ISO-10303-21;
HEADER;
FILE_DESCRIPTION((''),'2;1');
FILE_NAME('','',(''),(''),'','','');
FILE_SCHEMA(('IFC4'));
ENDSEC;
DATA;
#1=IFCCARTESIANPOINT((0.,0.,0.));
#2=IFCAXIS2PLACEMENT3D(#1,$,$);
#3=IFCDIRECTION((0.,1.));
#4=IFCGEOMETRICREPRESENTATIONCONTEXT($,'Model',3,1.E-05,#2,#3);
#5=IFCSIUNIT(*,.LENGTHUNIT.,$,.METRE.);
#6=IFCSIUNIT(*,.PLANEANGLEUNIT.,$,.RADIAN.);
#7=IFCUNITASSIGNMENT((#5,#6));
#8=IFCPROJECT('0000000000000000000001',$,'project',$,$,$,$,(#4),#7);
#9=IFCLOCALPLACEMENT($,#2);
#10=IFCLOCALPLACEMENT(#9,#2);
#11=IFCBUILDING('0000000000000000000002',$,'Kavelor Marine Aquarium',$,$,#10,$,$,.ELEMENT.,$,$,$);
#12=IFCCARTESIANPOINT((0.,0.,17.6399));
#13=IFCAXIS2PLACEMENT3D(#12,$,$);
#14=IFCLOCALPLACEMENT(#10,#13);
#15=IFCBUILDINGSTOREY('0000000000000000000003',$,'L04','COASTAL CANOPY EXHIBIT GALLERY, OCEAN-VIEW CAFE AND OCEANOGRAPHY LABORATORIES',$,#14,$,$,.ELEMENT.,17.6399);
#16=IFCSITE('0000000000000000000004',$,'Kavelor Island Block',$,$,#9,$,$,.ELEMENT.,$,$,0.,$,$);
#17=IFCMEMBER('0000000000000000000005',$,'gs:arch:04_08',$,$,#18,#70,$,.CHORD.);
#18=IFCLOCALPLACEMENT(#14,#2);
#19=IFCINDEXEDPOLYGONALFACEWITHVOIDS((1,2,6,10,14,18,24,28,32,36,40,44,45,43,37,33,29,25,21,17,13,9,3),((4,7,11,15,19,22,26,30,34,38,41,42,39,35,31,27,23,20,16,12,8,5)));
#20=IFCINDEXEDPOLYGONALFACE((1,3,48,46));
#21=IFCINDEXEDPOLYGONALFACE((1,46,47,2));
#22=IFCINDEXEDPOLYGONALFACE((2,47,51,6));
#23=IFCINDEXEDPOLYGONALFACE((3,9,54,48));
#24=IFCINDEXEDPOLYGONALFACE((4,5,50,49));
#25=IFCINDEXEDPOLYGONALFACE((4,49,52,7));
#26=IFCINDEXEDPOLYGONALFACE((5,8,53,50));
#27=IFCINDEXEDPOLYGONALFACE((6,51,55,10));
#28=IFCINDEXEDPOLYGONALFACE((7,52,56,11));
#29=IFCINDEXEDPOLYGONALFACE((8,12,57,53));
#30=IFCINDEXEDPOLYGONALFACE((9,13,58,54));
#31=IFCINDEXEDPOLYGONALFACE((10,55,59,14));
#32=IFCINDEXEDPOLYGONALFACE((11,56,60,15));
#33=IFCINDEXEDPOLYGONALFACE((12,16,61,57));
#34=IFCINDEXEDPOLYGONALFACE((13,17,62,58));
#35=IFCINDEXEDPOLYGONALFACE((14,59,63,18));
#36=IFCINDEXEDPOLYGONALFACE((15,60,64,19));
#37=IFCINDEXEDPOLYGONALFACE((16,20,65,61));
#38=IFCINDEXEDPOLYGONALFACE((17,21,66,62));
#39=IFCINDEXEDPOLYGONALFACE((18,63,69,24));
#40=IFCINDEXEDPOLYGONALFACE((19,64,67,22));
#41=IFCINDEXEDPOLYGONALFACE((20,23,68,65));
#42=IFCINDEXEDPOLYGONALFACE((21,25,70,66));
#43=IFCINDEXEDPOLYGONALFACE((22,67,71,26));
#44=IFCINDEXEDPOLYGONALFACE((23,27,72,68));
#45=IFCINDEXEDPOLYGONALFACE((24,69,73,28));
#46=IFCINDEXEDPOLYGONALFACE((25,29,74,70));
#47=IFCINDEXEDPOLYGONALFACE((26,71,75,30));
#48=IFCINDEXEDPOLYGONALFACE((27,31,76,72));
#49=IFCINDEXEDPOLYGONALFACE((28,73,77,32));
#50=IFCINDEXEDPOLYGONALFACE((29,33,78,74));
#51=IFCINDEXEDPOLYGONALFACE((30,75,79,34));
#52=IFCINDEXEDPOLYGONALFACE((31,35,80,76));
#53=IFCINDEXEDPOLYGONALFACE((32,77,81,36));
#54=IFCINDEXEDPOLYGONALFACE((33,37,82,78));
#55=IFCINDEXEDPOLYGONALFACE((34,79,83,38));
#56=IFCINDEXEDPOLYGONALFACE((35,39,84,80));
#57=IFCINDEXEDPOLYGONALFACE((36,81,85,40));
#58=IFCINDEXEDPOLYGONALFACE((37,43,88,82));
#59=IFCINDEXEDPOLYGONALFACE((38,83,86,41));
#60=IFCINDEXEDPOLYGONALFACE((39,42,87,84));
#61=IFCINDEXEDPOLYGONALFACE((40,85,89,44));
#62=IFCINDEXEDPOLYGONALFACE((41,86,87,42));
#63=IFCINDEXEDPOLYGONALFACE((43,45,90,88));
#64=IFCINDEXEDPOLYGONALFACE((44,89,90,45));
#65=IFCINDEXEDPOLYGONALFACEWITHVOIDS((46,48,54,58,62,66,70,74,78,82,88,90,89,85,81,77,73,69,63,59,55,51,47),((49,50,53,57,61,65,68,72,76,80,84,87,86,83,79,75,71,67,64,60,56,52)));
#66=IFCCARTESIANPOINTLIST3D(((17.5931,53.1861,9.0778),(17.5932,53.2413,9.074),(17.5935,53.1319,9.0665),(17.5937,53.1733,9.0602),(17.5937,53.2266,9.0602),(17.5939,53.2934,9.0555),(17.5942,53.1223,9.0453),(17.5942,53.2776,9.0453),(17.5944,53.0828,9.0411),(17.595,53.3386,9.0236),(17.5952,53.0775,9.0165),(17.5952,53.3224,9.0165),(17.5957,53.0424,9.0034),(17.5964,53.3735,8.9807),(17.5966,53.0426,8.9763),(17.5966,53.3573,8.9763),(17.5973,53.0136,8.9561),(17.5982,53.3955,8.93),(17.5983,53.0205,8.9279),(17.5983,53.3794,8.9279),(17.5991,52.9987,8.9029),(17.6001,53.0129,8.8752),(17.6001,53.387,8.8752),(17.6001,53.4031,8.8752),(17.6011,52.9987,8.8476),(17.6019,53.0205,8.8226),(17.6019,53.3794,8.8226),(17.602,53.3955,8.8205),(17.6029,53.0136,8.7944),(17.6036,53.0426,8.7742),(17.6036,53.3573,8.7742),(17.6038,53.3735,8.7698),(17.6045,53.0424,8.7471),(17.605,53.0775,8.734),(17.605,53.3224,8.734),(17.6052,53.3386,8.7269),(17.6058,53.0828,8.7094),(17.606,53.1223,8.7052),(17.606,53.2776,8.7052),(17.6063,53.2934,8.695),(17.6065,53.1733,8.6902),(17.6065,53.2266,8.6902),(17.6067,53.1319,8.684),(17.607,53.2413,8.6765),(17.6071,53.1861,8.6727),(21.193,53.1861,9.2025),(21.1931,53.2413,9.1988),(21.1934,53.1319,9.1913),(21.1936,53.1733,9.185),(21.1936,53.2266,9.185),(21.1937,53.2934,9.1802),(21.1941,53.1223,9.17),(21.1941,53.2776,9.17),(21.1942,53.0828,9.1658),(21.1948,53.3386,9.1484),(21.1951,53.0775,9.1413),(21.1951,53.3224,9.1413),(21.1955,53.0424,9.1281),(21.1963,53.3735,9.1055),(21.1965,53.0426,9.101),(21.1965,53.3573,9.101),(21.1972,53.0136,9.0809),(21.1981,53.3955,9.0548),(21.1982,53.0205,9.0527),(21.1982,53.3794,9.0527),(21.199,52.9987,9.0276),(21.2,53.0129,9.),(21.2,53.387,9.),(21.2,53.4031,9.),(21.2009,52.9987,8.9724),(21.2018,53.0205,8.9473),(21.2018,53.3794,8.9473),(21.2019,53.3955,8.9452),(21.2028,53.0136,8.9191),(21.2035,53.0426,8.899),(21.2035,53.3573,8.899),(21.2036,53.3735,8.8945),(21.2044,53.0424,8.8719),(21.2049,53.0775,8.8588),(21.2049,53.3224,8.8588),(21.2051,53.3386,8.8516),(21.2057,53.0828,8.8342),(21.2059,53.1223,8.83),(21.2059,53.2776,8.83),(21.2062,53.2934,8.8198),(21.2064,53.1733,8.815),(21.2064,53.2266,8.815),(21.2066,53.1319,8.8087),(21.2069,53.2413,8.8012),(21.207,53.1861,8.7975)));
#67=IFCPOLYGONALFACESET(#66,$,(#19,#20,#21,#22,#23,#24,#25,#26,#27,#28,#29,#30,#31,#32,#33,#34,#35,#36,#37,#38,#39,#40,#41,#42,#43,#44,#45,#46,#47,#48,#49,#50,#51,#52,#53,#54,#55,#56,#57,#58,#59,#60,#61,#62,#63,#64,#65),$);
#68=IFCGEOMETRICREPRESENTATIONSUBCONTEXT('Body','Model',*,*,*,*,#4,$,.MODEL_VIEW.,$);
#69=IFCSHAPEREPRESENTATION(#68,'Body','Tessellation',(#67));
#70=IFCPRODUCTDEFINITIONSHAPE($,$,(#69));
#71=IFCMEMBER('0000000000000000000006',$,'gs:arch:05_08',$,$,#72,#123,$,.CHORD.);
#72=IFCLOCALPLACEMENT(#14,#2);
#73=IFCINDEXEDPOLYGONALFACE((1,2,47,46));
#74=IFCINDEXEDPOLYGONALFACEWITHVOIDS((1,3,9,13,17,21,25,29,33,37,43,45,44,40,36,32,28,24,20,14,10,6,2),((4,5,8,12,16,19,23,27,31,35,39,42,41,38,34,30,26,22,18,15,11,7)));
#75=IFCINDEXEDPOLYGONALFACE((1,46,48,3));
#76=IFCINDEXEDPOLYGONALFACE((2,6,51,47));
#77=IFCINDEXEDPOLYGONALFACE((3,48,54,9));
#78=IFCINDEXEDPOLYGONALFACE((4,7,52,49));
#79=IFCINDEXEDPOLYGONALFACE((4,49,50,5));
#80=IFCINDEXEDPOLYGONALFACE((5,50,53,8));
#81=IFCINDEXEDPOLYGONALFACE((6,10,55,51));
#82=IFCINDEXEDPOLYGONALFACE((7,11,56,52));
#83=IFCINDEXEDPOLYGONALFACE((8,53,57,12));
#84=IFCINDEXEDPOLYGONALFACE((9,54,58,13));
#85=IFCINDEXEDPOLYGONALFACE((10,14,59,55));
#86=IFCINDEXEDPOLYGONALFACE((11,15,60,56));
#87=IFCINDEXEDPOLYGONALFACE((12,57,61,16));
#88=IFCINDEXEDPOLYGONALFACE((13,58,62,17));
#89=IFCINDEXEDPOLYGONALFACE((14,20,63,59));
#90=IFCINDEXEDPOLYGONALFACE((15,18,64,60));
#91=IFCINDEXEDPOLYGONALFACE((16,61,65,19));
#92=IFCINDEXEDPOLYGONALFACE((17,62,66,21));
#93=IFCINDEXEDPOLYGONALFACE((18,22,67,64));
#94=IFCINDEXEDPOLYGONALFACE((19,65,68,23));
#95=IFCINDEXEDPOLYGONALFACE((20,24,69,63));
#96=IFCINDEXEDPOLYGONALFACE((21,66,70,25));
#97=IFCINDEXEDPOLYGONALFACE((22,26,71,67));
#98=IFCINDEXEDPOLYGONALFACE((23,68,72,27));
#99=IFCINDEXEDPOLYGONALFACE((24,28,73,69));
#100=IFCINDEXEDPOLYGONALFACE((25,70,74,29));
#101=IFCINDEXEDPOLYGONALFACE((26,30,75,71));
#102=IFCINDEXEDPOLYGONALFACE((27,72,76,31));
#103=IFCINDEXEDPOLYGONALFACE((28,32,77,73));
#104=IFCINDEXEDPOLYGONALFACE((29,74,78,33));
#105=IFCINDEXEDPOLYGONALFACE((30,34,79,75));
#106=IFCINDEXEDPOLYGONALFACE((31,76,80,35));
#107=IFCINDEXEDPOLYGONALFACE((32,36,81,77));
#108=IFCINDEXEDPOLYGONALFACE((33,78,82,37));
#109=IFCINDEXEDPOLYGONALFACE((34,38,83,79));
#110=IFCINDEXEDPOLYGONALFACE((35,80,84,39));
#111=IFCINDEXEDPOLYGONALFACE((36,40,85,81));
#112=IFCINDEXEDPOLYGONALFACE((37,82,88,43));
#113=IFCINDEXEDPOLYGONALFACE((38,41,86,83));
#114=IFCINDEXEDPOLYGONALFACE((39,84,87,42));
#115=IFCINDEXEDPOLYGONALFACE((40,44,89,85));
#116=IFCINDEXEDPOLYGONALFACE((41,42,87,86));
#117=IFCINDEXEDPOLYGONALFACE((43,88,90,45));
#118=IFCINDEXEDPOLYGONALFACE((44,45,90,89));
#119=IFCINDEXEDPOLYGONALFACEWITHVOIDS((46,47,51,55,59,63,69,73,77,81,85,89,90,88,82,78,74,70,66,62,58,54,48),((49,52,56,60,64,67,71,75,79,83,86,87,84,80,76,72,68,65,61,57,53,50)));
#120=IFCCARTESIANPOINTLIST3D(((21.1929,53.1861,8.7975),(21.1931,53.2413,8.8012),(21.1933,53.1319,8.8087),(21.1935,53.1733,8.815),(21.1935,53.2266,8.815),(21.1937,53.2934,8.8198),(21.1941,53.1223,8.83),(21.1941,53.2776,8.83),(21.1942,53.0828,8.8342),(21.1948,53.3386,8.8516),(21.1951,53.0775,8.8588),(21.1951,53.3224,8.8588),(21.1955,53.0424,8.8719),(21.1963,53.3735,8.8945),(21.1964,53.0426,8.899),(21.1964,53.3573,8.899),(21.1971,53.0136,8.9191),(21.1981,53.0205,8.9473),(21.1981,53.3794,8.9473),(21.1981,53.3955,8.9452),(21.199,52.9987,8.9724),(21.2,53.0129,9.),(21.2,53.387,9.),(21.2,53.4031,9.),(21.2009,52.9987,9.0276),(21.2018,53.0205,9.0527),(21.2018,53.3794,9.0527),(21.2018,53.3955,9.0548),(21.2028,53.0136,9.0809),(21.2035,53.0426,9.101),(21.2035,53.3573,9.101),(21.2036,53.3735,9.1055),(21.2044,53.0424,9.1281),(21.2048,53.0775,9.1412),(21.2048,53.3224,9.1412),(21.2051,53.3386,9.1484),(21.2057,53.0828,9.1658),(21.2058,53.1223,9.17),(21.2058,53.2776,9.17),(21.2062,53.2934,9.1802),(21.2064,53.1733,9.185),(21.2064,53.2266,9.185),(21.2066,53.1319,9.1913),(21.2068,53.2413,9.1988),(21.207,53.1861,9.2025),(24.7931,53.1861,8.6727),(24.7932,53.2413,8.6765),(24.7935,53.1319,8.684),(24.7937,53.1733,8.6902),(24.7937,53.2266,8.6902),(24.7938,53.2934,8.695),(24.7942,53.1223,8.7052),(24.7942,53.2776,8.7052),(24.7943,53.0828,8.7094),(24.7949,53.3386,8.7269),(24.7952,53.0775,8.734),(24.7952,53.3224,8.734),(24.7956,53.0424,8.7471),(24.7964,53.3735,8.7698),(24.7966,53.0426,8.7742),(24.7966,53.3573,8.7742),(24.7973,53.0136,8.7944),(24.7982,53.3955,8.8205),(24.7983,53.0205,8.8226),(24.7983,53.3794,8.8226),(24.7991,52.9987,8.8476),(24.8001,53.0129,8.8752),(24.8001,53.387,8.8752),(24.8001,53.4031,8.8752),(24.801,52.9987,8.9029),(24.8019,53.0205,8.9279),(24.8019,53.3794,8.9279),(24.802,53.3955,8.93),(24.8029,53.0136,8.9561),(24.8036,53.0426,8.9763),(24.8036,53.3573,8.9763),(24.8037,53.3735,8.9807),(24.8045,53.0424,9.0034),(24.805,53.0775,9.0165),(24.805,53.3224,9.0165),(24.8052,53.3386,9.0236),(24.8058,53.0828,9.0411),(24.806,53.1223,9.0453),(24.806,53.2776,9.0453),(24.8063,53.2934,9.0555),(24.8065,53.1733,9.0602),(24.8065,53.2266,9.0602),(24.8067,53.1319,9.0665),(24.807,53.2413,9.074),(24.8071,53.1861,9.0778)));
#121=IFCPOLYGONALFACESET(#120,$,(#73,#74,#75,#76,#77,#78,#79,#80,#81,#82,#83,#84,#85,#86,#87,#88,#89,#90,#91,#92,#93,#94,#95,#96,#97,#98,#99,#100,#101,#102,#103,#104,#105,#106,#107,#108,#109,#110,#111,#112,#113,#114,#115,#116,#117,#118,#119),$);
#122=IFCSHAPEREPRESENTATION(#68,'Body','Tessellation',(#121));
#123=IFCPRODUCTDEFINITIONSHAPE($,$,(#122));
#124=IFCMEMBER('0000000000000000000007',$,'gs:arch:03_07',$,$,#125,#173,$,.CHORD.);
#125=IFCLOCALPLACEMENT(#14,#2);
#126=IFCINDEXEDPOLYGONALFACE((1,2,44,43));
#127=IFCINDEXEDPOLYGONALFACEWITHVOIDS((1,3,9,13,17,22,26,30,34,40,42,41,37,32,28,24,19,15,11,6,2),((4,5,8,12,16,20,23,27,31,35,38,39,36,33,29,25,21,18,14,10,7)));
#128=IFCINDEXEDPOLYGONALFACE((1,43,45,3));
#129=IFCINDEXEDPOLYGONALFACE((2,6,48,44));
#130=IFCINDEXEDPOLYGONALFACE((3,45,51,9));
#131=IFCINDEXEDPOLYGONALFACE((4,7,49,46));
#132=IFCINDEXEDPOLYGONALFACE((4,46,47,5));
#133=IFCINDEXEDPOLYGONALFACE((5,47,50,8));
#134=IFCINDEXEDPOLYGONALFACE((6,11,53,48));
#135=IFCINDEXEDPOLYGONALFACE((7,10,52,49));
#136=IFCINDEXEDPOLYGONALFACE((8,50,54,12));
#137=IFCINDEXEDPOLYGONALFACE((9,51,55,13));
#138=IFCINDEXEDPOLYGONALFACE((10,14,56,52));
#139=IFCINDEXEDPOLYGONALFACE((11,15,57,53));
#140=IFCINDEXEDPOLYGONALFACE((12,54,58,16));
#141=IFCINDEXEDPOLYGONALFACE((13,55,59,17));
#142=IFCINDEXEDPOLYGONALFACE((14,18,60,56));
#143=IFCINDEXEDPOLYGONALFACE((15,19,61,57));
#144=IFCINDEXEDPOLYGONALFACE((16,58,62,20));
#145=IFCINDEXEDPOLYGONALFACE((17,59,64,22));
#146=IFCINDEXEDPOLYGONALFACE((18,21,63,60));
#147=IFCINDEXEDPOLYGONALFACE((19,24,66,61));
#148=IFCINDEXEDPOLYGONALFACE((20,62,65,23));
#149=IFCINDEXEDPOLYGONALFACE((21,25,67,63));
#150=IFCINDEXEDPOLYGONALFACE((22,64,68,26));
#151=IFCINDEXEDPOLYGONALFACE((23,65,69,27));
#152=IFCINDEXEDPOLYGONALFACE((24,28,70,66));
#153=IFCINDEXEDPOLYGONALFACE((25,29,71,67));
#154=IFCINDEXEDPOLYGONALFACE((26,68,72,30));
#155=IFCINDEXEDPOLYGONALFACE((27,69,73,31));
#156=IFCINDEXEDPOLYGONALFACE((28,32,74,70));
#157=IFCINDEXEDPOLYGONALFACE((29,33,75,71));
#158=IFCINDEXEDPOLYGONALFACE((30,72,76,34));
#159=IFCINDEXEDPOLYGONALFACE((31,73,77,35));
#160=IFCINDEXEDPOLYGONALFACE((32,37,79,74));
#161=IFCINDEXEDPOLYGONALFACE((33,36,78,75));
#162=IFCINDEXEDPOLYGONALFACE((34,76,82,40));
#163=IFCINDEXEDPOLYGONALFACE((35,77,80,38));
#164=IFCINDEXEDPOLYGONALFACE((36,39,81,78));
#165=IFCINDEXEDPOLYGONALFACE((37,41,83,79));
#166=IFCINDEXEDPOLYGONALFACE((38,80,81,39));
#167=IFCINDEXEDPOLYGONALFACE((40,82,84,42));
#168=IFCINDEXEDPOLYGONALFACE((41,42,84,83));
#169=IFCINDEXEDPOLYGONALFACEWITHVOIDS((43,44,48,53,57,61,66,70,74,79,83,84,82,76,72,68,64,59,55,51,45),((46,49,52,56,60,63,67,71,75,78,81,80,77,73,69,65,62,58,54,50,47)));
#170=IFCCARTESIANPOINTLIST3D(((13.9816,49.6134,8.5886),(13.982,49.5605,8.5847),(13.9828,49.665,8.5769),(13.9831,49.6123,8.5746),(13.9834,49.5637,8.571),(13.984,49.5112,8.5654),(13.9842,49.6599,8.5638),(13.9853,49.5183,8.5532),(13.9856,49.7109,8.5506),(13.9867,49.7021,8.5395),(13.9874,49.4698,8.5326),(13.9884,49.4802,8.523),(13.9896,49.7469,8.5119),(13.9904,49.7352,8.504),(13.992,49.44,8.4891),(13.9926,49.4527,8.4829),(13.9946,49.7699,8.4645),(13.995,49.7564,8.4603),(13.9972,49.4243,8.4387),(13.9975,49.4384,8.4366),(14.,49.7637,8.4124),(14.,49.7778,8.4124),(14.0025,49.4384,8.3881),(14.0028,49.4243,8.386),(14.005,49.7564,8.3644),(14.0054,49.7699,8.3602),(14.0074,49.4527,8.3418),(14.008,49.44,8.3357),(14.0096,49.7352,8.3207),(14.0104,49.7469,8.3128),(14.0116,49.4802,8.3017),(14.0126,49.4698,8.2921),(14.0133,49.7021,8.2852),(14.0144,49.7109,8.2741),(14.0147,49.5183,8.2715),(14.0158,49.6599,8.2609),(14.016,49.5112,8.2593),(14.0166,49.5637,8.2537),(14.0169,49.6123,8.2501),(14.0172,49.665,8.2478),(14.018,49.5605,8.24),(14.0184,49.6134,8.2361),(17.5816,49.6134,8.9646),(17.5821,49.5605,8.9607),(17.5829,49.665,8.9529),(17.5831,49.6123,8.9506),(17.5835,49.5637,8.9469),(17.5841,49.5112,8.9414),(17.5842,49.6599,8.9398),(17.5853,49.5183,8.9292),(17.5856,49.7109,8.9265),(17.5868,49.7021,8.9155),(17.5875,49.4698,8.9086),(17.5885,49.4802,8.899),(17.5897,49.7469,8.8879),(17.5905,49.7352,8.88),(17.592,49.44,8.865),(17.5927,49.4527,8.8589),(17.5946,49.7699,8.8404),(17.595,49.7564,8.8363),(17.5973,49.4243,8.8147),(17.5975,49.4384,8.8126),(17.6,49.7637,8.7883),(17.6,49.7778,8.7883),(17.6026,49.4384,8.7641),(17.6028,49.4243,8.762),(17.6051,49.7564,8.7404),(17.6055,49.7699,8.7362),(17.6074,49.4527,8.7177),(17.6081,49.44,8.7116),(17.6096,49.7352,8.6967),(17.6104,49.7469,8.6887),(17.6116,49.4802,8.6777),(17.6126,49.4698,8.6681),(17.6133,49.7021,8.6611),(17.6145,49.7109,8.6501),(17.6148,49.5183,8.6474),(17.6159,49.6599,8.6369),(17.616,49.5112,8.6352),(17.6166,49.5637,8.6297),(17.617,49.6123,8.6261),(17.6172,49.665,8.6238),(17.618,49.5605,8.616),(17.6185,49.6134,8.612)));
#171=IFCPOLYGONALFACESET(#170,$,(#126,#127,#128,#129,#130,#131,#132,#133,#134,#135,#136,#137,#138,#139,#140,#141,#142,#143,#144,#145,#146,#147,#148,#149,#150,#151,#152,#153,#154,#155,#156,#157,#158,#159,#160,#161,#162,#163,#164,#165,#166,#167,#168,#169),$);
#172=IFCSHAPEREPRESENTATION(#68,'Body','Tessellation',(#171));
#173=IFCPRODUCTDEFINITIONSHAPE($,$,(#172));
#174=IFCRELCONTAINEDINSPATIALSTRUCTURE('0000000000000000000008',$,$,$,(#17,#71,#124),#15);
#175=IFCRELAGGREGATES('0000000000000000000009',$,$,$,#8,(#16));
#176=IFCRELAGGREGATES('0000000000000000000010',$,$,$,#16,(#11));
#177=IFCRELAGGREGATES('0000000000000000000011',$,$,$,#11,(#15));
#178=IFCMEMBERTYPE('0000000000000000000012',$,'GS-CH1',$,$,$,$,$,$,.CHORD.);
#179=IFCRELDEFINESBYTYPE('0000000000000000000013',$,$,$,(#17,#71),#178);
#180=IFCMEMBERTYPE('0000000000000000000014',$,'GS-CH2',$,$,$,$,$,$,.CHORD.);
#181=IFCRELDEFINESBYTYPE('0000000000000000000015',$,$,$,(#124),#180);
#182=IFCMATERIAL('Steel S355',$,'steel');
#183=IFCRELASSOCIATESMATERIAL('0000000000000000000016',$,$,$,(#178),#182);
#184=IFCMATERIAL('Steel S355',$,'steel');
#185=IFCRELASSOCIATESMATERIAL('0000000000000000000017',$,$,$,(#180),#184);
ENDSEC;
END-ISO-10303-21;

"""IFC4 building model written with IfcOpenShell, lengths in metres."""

from ifc_helpers import new_model, si_unit, direction, frame, origin, origin_2d, place, context, subcontext, project, spatial, hollow_circle, extrude, material, material_profile, profile_set, type_object, element, save


model = new_model("IFC4")

# Units and contexts
model_context = context("Model", 3, precision=1e-05, world=origin(), true_north=direction((0.0, 1.0)))
body_context = subcontext(model_context, "Body", "Model", "MODEL_VIEW")
ifc_project = project(units=[si_unit("LENGTHUNIT", "METRE"), si_unit("PLANEANGLEUNIT", "RADIAN")], contexts=[model_context])

# Site, building, storey
site_placement = place(None, origin())
site = spatial("IfcSite", under=ifc_project, at=site_placement, Name="Kavelor Island Block", CompositionType="ELEMENT", RefElevation=0.0)
building_placement = place(site_placement, origin())
building = spatial("IfcBuilding", under=site, at=building_placement, Name="Kavelor Marine Aquarium", CompositionType="ELEMENT")
storey_placement = place(building_placement, frame((0.0, 0.0, 17.6399)))
storey = spatial("IfcBuildingStorey", under=building, at=storey_placement, Name="L04", Description="COASTAL CANOPY EXHIBIT GALLERY, OCEAN-VIEW CAFE AND OCEANOGRAPHY LABORATORIES", CompositionType="ELEMENT", Elevation=17.6399)

# Members
ifc_material_1 = material(Name="Steel S355", Category="steel")
ifc_material_profile_1 = material_profile(ifc_material_1, hollow_circle(Radius=0.2031, WallThickness=0.0161, at=origin_2d()), Name="CHS 406.4x16.0")
ifc_profile_set_1 = profile_set([ifc_material_profile_1], Name="Steel S355")
member_type_1 = type_object("IfcMemberType", Name="GS-CH1", PredefinedType="CHORD", material=ifc_profile_set_1)
member_1_placement = place(storey_placement, frame((17.6001, 53.2, 8.8752), z_axis=(0.9994, 0.0, 0.034635), x_axis=(0.0, 1.0, 0.0)))
element("IfcMember", 1, at=member_1_placement, inside=storey, type_object=member_type_1, Name="gs:arch:04_08", PredefinedType="CHORD", context=body_context, shape_type="SweptSolid", body=[
    extrude(hollow_circle(Radius=0.2031, WallThickness=0.0161, at=origin_2d()), origin(), (0.0, 0.0, 1.0), 3.6021),
])
member_2_placement = place(storey_placement, frame((21.2, 53.2, 9.0), z_axis=(0.9994, 0.0, -0.034633), x_axis=(0.0, 1.0, 0.0)))
element("IfcMember", 2, at=member_2_placement, inside=storey, type_object=member_type_1, Name="gs:arch:05_08", PredefinedType="CHORD", context=body_context, shape_type="SweptSolid", body=[
    extrude(hollow_circle(Radius=0.2031, WallThickness=0.0161, at=origin_2d()), origin(), (0.0, 0.0, 1.0), 3.6023),
])
ifc_material_2 = material(Name="Steel S355", Category="steel")
ifc_material_profile_2 = material_profile(ifc_material_2, hollow_circle(Radius=0.1777, WallThickness=0.0142, at=origin_2d()), Name="CHS 355.6x14.2")
ifc_profile_set_2 = profile_set([ifc_material_profile_2], Name="Steel S355")
member_type_2 = type_object("IfcMemberType", Name="GS-CH2", PredefinedType="CHORD", material=ifc_profile_set_2)
member_3_placement = place(storey_placement, frame((14.0, 49.6001, 8.4124), z_axis=(0.994591, 0.0, 0.10387), x_axis=(0.0, 1.0, 0.0)))
element("IfcMember", 3, at=member_3_placement, inside=storey, type_object=member_type_2, Name="gs:arch:03_07", PredefinedType="CHORD", context=body_context, shape_type="SweptSolid", body=[
    extrude(hollow_circle(Radius=0.1777, WallThickness=0.0142, at=origin_2d()), origin(), (0.0, 0.0, 1.0), 3.6196),
])

save(model, "model.ifc")
